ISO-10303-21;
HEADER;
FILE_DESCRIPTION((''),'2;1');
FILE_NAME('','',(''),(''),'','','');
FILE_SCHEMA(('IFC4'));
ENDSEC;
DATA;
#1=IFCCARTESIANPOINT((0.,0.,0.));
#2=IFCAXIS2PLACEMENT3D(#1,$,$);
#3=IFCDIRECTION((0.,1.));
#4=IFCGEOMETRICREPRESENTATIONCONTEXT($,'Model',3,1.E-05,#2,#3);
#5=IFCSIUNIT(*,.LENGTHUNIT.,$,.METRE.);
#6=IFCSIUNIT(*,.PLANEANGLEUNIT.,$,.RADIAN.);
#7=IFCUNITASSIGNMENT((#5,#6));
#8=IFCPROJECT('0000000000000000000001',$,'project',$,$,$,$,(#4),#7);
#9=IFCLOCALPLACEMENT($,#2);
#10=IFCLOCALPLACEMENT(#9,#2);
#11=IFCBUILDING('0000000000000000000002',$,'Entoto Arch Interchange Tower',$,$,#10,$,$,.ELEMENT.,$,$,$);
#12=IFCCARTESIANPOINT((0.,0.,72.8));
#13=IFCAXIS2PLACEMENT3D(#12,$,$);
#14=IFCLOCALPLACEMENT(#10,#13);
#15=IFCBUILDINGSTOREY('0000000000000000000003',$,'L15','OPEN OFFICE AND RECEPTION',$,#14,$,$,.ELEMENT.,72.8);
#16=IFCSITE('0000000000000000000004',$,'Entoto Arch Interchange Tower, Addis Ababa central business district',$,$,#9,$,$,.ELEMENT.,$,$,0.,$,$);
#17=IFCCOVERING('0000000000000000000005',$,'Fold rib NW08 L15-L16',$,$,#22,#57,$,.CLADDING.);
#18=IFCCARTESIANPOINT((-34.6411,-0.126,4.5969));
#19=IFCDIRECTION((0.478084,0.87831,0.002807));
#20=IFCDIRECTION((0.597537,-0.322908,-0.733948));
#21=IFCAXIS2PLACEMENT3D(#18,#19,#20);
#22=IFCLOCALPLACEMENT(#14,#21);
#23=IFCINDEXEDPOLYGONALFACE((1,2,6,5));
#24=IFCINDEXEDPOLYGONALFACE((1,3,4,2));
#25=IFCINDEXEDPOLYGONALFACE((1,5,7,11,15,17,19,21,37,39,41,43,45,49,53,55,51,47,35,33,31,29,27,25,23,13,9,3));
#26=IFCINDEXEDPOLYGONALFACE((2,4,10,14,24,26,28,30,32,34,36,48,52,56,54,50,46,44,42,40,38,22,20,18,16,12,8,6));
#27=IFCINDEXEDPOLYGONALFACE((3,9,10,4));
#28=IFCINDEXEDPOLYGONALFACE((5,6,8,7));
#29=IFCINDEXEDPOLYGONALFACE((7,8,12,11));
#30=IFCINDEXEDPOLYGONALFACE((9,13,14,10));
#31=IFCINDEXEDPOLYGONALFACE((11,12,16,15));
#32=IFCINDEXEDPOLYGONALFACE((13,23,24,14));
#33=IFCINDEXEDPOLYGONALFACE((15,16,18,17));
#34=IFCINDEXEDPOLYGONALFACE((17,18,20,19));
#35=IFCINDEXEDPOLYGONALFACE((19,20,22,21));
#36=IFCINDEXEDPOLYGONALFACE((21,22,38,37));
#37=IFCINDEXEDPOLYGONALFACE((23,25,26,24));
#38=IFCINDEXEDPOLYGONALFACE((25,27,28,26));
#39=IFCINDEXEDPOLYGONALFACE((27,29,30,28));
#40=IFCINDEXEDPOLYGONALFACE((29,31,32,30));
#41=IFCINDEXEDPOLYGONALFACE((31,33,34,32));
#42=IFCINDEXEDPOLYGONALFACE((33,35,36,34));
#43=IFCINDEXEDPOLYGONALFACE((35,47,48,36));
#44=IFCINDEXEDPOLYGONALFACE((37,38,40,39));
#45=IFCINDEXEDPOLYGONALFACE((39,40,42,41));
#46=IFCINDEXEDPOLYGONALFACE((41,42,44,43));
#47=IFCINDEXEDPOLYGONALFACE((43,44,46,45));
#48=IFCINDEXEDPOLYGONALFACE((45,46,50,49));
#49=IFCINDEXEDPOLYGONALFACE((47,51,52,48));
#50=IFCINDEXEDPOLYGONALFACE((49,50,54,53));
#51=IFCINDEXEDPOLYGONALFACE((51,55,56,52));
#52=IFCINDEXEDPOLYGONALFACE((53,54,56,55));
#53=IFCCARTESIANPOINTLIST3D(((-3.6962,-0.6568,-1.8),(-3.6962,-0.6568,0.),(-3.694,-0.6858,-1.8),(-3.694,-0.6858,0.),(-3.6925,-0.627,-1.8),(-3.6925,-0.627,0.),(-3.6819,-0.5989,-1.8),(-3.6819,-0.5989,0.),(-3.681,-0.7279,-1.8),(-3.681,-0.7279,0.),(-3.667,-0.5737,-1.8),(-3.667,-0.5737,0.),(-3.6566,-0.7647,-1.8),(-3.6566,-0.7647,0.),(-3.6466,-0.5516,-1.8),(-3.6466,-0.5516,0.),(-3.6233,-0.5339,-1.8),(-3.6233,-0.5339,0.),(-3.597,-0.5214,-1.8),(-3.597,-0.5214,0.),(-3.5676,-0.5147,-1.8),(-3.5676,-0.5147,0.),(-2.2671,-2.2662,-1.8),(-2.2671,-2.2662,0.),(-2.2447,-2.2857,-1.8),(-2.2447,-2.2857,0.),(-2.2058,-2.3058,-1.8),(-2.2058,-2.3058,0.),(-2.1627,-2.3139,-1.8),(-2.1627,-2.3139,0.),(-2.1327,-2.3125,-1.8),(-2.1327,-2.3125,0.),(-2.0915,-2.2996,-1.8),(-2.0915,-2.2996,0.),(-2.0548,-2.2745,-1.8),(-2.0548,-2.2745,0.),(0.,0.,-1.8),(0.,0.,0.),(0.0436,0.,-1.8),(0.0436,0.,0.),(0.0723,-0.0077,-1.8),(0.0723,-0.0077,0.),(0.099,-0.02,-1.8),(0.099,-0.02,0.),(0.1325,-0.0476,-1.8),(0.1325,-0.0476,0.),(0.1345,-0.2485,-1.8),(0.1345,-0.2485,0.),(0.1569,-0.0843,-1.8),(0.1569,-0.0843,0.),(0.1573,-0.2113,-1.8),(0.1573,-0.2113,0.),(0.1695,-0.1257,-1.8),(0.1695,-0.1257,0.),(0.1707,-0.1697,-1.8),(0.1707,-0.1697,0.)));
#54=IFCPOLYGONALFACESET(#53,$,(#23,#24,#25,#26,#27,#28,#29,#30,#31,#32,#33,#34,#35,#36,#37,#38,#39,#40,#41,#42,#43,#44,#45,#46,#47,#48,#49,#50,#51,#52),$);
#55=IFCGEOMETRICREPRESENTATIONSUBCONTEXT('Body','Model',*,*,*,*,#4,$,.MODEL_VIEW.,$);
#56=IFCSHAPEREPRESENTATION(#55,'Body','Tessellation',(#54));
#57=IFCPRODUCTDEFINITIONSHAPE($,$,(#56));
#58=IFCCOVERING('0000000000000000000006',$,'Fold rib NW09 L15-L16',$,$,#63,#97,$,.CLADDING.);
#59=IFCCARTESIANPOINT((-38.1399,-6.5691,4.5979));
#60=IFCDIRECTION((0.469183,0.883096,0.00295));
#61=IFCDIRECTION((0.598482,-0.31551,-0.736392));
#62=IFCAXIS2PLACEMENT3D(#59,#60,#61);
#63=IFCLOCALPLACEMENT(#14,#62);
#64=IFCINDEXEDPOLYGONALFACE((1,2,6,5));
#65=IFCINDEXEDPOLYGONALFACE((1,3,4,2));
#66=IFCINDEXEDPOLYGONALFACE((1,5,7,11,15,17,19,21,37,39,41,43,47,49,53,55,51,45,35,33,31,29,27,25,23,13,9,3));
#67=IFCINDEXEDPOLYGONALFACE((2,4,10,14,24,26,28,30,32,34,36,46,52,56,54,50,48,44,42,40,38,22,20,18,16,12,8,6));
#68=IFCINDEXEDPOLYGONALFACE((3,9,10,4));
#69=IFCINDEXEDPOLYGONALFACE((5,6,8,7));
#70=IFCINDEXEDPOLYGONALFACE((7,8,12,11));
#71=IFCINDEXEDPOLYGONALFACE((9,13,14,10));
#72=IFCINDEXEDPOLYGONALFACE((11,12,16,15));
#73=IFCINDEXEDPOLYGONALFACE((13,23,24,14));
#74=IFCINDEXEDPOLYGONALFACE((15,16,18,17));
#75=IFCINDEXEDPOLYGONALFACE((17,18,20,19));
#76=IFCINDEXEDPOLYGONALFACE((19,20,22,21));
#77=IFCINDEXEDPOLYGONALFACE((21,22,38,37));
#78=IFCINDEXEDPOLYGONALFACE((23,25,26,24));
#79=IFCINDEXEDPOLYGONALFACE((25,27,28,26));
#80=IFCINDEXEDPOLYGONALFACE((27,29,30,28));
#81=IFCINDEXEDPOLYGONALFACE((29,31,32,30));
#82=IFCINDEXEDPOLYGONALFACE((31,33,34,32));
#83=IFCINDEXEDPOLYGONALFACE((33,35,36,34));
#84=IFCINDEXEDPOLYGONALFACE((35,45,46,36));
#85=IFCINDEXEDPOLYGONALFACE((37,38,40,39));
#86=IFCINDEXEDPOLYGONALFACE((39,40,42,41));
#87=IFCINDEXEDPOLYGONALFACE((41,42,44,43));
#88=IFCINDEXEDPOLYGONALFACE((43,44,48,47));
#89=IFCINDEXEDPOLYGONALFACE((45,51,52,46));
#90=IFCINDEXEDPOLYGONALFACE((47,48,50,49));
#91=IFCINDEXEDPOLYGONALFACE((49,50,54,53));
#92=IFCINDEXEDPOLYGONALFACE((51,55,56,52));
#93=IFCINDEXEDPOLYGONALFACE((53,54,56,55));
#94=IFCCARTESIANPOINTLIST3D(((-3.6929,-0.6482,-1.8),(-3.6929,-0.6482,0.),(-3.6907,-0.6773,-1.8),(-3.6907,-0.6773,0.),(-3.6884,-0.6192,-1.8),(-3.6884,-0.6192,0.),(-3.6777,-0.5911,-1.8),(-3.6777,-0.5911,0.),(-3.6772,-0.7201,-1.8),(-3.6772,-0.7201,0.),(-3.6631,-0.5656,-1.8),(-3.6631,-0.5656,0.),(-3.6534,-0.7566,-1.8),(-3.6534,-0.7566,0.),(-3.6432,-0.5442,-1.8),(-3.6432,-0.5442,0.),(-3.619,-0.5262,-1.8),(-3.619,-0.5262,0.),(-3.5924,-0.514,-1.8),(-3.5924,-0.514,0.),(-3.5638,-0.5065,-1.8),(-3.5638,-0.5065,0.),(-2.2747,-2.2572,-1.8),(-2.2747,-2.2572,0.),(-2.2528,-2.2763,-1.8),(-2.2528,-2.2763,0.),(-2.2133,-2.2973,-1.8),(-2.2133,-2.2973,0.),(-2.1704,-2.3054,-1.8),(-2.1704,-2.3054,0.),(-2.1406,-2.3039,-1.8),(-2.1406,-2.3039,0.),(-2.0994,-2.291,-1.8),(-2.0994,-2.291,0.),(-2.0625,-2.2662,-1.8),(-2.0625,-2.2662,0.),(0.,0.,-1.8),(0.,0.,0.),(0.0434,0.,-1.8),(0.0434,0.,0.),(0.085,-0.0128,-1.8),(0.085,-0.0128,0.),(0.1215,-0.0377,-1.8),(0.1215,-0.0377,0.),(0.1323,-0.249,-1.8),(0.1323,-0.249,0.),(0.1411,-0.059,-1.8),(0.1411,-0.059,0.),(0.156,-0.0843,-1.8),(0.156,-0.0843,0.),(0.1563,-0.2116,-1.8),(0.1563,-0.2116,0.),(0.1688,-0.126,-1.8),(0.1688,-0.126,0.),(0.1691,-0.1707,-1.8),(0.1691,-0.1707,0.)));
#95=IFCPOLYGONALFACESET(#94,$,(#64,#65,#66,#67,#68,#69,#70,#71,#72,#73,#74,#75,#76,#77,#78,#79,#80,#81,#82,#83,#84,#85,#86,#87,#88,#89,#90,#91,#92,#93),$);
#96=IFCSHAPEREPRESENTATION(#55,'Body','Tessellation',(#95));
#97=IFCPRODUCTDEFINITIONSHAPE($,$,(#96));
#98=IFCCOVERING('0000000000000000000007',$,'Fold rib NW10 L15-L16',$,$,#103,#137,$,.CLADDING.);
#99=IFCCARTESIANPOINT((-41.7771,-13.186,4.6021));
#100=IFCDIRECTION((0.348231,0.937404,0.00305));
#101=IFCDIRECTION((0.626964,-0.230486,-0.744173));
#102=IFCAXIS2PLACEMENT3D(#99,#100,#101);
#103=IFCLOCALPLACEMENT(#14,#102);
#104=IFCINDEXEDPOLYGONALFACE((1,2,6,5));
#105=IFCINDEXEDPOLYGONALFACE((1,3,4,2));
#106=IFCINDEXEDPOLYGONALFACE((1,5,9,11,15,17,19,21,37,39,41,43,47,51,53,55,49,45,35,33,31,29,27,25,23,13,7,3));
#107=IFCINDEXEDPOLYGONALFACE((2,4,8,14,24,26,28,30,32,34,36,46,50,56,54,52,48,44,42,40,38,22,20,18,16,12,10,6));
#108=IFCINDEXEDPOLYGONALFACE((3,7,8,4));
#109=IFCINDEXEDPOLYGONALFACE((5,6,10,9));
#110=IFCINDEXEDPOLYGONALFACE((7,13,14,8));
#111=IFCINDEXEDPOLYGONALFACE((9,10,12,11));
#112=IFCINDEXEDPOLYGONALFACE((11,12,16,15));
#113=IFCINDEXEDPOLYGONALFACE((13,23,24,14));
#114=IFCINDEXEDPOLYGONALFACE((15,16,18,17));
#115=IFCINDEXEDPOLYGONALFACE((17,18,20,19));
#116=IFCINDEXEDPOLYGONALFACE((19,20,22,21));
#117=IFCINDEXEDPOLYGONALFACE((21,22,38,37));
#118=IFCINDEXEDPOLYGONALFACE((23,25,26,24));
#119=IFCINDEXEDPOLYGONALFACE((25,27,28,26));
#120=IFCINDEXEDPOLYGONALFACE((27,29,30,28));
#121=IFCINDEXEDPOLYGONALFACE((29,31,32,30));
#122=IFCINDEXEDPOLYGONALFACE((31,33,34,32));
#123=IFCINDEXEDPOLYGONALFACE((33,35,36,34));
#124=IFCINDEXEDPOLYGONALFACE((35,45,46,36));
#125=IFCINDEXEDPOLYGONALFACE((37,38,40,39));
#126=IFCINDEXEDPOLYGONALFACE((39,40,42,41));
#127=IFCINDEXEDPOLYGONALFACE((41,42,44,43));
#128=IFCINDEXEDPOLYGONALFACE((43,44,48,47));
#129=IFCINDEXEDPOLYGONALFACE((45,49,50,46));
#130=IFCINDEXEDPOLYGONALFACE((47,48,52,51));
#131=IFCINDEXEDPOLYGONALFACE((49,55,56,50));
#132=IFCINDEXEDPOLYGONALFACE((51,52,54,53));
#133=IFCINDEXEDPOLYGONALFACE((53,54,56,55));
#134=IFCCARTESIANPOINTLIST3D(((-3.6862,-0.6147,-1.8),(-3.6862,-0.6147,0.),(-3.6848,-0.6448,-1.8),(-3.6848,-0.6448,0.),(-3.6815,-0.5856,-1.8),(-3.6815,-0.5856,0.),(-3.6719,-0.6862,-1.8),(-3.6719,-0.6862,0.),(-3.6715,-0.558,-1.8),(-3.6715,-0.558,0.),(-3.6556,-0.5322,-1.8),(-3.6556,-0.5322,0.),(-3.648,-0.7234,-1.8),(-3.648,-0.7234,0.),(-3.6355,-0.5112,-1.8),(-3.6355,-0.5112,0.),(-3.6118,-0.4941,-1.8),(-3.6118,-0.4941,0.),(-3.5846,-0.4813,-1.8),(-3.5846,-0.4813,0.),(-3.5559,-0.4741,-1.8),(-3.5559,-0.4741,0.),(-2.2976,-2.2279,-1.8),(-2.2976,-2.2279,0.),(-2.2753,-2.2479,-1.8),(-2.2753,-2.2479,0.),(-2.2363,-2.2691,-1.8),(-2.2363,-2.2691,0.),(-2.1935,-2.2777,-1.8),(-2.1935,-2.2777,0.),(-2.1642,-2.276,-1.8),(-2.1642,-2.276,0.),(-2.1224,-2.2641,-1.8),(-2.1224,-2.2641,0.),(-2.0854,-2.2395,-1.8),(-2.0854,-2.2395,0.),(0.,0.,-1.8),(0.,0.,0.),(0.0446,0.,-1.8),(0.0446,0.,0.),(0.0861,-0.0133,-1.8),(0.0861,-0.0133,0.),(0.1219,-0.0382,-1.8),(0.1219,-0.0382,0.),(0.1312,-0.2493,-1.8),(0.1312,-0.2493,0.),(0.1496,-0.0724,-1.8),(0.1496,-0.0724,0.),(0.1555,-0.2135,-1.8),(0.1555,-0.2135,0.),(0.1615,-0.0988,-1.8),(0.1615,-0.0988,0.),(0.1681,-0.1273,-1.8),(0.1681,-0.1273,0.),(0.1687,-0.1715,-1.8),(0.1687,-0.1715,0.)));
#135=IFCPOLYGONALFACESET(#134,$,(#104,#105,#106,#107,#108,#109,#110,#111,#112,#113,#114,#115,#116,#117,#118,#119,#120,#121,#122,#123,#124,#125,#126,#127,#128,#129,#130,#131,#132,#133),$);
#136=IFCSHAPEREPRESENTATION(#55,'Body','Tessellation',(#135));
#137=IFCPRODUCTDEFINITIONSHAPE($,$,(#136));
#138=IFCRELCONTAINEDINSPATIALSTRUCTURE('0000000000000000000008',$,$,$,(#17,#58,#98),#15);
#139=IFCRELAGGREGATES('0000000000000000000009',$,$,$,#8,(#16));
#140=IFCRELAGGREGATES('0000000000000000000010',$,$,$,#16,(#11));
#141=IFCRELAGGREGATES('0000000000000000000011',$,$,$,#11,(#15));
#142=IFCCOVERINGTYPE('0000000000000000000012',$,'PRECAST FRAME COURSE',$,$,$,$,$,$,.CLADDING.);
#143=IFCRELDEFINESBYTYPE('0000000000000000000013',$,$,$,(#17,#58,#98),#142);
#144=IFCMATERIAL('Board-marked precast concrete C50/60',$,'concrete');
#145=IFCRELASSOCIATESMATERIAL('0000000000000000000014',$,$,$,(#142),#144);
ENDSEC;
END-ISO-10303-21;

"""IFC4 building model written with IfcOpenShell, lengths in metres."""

from ifc_helpers import new_model, si_unit, direction, frame, origin, place, context, subcontext, project, spatial, polyline, outline, extrude, material, type_object, element, save


model = new_model("IFC4")

# Units and contexts
model_context = context("Model", 3, precision=1e-05, world=origin(), true_north=direction((0.0, 1.0)))
body_context = subcontext(model_context, "Body", "Model", "MODEL_VIEW")
ifc_project = project(units=[si_unit("LENGTHUNIT", "METRE"), si_unit("PLANEANGLEUNIT", "RADIAN")], contexts=[model_context])

# Site, building, storey
site_placement = place(None, origin())
site = spatial("IfcSite", under=ifc_project, at=site_placement, Name="Entoto Arch Interchange Tower, Addis Ababa central business district", CompositionType="ELEMENT", RefElevation=0.0)
building_placement = place(site_placement, origin())
building = spatial("IfcBuilding", under=site, at=building_placement, Name="Entoto Arch Interchange Tower", CompositionType="ELEMENT")
storey_placement = place(building_placement, frame((0.0, 0.0, 72.8)))
storey = spatial("IfcBuildingStorey", under=building, at=storey_placement, Name="L15", Description="OPEN OFFICE AND RECEPTION", CompositionType="ELEMENT", Elevation=72.8)

# Coverings
ifc_material_1 = material(Name="Board-marked precast concrete C50/60", Category="concrete")
covering_type = type_object("IfcCoveringType", Name="PRECAST FRAME COURSE", PredefinedType="CLADDING", material=ifc_material_1)
covering_1_placement = place(storey_placement, frame((-34.6411, -0.126, 4.5969), z_axis=(0.478084, 0.87831, 0.002807), x_axis=(0.597537, -0.322908, -0.733948)))
element("IfcCovering", 1, at=covering_1_placement, inside=storey, type_object=covering_type, Name="Fold rib NW08 L15-L16", PredefinedType="CLADDING", context=body_context, shape_type="SweptSolid", body=[
    extrude(outline(polyline([(0.0, 0.0), (0.0436, 0.0), (0.0723, -0.0077), (0.099, -0.02), (0.1325, -0.0476), (0.1569, -0.0843), (0.1695, -0.1257), (0.1707, -0.1697), (0.1573, -0.2113), (0.1345, -0.2485), (-2.0548, -2.2745), (-2.0915, -2.2996), (-2.1327, -2.3125), (-2.1627, -2.3139), (-2.2058, -2.3058), (-2.2447, -2.2857), (-2.2671, -2.2662), (-3.6566, -0.7647), (-3.681, -0.7279), (-3.694, -0.6858), (-3.6962, -0.6568), (-3.6925, -0.627), (-3.6819, -0.5989), (-3.667, -0.5737), (-3.6466, -0.5516), (-3.6233, -0.5339), (-3.597, -0.5214), (-3.5676, -0.5147), (0.0, 0.0)])), origin(), (0.0, 0.0, -1.0), 1.8),
])
covering_2_placement = place(storey_placement, frame((-38.1399, -6.5691, 4.5979), z_axis=(0.469183, 0.883096, 0.00295), x_axis=(0.598482, -0.31551, -0.736392)))
element("IfcCovering", 2, at=covering_2_placement, inside=storey, type_object=covering_type, Name="Fold rib NW09 L15-L16", PredefinedType="CLADDING", context=body_context, shape_type="SweptSolid", body=[
    extrude(outline(polyline([(0.0, 0.0), (0.0434, 0.0), (0.085, -0.0128), (0.1215, -0.0377), (0.1411, -0.059), (0.156, -0.0843), (0.1688, -0.126), (0.1691, -0.1707), (0.1563, -0.2116), (0.1323, -0.249), (-2.0625, -2.2662), (-2.0994, -2.291), (-2.1406, -2.3039), (-2.1704, -2.3054), (-2.2133, -2.2973), (-2.2528, -2.2763), (-2.2747, -2.2572), (-3.6534, -0.7566), (-3.6772, -0.7201), (-3.6907, -0.6773), (-3.6929, -0.6482), (-3.6884, -0.6192), (-3.6777, -0.5911), (-3.6631, -0.5656), (-3.6432, -0.5442), (-3.619, -0.5262), (-3.5924, -0.514), (-3.5638, -0.5065), (0.0, 0.0)])), origin(), (0.0, 0.0, -1.0), 1.8),
])
covering_3_placement = place(storey_placement, frame((-41.7771, -13.186, 4.6021), z_axis=(0.348231, 0.937404, 0.00305), x_axis=(0.626964, -0.230486, -0.744173)))
element("IfcCovering", 3, at=covering_3_placement, inside=storey, type_object=covering_type, Name="Fold rib NW10 L15-L16", PredefinedType="CLADDING", context=body_context, shape_type="SweptSolid", body=[
    extrude(outline(polyline([(0.0, 0.0), (0.0446, 0.0), (0.0861, -0.0133), (0.1219, -0.0382), (0.1496, -0.0724), (0.1615, -0.0988), (0.1681, -0.1273), (0.1687, -0.1715), (0.1555, -0.2135), (0.1312, -0.2493), (-2.0854, -2.2395), (-2.1224, -2.2641), (-2.1642, -2.276), (-2.1935, -2.2777), (-2.2363, -2.2691), (-2.2753, -2.2479), (-2.2976, -2.2279), (-3.648, -0.7234), (-3.6719, -0.6862), (-3.6848, -0.6448), (-3.6862, -0.6147), (-3.6815, -0.5856), (-3.6715, -0.558), (-3.6556, -0.5322), (-3.6355, -0.5112), (-3.6118, -0.4941), (-3.5846, -0.4813), (-3.5559, -0.4741), (0.0, 0.0)])), origin(), (0.0, 0.0, -1.0), 1.8),
])

save(model, "model.ifc")
